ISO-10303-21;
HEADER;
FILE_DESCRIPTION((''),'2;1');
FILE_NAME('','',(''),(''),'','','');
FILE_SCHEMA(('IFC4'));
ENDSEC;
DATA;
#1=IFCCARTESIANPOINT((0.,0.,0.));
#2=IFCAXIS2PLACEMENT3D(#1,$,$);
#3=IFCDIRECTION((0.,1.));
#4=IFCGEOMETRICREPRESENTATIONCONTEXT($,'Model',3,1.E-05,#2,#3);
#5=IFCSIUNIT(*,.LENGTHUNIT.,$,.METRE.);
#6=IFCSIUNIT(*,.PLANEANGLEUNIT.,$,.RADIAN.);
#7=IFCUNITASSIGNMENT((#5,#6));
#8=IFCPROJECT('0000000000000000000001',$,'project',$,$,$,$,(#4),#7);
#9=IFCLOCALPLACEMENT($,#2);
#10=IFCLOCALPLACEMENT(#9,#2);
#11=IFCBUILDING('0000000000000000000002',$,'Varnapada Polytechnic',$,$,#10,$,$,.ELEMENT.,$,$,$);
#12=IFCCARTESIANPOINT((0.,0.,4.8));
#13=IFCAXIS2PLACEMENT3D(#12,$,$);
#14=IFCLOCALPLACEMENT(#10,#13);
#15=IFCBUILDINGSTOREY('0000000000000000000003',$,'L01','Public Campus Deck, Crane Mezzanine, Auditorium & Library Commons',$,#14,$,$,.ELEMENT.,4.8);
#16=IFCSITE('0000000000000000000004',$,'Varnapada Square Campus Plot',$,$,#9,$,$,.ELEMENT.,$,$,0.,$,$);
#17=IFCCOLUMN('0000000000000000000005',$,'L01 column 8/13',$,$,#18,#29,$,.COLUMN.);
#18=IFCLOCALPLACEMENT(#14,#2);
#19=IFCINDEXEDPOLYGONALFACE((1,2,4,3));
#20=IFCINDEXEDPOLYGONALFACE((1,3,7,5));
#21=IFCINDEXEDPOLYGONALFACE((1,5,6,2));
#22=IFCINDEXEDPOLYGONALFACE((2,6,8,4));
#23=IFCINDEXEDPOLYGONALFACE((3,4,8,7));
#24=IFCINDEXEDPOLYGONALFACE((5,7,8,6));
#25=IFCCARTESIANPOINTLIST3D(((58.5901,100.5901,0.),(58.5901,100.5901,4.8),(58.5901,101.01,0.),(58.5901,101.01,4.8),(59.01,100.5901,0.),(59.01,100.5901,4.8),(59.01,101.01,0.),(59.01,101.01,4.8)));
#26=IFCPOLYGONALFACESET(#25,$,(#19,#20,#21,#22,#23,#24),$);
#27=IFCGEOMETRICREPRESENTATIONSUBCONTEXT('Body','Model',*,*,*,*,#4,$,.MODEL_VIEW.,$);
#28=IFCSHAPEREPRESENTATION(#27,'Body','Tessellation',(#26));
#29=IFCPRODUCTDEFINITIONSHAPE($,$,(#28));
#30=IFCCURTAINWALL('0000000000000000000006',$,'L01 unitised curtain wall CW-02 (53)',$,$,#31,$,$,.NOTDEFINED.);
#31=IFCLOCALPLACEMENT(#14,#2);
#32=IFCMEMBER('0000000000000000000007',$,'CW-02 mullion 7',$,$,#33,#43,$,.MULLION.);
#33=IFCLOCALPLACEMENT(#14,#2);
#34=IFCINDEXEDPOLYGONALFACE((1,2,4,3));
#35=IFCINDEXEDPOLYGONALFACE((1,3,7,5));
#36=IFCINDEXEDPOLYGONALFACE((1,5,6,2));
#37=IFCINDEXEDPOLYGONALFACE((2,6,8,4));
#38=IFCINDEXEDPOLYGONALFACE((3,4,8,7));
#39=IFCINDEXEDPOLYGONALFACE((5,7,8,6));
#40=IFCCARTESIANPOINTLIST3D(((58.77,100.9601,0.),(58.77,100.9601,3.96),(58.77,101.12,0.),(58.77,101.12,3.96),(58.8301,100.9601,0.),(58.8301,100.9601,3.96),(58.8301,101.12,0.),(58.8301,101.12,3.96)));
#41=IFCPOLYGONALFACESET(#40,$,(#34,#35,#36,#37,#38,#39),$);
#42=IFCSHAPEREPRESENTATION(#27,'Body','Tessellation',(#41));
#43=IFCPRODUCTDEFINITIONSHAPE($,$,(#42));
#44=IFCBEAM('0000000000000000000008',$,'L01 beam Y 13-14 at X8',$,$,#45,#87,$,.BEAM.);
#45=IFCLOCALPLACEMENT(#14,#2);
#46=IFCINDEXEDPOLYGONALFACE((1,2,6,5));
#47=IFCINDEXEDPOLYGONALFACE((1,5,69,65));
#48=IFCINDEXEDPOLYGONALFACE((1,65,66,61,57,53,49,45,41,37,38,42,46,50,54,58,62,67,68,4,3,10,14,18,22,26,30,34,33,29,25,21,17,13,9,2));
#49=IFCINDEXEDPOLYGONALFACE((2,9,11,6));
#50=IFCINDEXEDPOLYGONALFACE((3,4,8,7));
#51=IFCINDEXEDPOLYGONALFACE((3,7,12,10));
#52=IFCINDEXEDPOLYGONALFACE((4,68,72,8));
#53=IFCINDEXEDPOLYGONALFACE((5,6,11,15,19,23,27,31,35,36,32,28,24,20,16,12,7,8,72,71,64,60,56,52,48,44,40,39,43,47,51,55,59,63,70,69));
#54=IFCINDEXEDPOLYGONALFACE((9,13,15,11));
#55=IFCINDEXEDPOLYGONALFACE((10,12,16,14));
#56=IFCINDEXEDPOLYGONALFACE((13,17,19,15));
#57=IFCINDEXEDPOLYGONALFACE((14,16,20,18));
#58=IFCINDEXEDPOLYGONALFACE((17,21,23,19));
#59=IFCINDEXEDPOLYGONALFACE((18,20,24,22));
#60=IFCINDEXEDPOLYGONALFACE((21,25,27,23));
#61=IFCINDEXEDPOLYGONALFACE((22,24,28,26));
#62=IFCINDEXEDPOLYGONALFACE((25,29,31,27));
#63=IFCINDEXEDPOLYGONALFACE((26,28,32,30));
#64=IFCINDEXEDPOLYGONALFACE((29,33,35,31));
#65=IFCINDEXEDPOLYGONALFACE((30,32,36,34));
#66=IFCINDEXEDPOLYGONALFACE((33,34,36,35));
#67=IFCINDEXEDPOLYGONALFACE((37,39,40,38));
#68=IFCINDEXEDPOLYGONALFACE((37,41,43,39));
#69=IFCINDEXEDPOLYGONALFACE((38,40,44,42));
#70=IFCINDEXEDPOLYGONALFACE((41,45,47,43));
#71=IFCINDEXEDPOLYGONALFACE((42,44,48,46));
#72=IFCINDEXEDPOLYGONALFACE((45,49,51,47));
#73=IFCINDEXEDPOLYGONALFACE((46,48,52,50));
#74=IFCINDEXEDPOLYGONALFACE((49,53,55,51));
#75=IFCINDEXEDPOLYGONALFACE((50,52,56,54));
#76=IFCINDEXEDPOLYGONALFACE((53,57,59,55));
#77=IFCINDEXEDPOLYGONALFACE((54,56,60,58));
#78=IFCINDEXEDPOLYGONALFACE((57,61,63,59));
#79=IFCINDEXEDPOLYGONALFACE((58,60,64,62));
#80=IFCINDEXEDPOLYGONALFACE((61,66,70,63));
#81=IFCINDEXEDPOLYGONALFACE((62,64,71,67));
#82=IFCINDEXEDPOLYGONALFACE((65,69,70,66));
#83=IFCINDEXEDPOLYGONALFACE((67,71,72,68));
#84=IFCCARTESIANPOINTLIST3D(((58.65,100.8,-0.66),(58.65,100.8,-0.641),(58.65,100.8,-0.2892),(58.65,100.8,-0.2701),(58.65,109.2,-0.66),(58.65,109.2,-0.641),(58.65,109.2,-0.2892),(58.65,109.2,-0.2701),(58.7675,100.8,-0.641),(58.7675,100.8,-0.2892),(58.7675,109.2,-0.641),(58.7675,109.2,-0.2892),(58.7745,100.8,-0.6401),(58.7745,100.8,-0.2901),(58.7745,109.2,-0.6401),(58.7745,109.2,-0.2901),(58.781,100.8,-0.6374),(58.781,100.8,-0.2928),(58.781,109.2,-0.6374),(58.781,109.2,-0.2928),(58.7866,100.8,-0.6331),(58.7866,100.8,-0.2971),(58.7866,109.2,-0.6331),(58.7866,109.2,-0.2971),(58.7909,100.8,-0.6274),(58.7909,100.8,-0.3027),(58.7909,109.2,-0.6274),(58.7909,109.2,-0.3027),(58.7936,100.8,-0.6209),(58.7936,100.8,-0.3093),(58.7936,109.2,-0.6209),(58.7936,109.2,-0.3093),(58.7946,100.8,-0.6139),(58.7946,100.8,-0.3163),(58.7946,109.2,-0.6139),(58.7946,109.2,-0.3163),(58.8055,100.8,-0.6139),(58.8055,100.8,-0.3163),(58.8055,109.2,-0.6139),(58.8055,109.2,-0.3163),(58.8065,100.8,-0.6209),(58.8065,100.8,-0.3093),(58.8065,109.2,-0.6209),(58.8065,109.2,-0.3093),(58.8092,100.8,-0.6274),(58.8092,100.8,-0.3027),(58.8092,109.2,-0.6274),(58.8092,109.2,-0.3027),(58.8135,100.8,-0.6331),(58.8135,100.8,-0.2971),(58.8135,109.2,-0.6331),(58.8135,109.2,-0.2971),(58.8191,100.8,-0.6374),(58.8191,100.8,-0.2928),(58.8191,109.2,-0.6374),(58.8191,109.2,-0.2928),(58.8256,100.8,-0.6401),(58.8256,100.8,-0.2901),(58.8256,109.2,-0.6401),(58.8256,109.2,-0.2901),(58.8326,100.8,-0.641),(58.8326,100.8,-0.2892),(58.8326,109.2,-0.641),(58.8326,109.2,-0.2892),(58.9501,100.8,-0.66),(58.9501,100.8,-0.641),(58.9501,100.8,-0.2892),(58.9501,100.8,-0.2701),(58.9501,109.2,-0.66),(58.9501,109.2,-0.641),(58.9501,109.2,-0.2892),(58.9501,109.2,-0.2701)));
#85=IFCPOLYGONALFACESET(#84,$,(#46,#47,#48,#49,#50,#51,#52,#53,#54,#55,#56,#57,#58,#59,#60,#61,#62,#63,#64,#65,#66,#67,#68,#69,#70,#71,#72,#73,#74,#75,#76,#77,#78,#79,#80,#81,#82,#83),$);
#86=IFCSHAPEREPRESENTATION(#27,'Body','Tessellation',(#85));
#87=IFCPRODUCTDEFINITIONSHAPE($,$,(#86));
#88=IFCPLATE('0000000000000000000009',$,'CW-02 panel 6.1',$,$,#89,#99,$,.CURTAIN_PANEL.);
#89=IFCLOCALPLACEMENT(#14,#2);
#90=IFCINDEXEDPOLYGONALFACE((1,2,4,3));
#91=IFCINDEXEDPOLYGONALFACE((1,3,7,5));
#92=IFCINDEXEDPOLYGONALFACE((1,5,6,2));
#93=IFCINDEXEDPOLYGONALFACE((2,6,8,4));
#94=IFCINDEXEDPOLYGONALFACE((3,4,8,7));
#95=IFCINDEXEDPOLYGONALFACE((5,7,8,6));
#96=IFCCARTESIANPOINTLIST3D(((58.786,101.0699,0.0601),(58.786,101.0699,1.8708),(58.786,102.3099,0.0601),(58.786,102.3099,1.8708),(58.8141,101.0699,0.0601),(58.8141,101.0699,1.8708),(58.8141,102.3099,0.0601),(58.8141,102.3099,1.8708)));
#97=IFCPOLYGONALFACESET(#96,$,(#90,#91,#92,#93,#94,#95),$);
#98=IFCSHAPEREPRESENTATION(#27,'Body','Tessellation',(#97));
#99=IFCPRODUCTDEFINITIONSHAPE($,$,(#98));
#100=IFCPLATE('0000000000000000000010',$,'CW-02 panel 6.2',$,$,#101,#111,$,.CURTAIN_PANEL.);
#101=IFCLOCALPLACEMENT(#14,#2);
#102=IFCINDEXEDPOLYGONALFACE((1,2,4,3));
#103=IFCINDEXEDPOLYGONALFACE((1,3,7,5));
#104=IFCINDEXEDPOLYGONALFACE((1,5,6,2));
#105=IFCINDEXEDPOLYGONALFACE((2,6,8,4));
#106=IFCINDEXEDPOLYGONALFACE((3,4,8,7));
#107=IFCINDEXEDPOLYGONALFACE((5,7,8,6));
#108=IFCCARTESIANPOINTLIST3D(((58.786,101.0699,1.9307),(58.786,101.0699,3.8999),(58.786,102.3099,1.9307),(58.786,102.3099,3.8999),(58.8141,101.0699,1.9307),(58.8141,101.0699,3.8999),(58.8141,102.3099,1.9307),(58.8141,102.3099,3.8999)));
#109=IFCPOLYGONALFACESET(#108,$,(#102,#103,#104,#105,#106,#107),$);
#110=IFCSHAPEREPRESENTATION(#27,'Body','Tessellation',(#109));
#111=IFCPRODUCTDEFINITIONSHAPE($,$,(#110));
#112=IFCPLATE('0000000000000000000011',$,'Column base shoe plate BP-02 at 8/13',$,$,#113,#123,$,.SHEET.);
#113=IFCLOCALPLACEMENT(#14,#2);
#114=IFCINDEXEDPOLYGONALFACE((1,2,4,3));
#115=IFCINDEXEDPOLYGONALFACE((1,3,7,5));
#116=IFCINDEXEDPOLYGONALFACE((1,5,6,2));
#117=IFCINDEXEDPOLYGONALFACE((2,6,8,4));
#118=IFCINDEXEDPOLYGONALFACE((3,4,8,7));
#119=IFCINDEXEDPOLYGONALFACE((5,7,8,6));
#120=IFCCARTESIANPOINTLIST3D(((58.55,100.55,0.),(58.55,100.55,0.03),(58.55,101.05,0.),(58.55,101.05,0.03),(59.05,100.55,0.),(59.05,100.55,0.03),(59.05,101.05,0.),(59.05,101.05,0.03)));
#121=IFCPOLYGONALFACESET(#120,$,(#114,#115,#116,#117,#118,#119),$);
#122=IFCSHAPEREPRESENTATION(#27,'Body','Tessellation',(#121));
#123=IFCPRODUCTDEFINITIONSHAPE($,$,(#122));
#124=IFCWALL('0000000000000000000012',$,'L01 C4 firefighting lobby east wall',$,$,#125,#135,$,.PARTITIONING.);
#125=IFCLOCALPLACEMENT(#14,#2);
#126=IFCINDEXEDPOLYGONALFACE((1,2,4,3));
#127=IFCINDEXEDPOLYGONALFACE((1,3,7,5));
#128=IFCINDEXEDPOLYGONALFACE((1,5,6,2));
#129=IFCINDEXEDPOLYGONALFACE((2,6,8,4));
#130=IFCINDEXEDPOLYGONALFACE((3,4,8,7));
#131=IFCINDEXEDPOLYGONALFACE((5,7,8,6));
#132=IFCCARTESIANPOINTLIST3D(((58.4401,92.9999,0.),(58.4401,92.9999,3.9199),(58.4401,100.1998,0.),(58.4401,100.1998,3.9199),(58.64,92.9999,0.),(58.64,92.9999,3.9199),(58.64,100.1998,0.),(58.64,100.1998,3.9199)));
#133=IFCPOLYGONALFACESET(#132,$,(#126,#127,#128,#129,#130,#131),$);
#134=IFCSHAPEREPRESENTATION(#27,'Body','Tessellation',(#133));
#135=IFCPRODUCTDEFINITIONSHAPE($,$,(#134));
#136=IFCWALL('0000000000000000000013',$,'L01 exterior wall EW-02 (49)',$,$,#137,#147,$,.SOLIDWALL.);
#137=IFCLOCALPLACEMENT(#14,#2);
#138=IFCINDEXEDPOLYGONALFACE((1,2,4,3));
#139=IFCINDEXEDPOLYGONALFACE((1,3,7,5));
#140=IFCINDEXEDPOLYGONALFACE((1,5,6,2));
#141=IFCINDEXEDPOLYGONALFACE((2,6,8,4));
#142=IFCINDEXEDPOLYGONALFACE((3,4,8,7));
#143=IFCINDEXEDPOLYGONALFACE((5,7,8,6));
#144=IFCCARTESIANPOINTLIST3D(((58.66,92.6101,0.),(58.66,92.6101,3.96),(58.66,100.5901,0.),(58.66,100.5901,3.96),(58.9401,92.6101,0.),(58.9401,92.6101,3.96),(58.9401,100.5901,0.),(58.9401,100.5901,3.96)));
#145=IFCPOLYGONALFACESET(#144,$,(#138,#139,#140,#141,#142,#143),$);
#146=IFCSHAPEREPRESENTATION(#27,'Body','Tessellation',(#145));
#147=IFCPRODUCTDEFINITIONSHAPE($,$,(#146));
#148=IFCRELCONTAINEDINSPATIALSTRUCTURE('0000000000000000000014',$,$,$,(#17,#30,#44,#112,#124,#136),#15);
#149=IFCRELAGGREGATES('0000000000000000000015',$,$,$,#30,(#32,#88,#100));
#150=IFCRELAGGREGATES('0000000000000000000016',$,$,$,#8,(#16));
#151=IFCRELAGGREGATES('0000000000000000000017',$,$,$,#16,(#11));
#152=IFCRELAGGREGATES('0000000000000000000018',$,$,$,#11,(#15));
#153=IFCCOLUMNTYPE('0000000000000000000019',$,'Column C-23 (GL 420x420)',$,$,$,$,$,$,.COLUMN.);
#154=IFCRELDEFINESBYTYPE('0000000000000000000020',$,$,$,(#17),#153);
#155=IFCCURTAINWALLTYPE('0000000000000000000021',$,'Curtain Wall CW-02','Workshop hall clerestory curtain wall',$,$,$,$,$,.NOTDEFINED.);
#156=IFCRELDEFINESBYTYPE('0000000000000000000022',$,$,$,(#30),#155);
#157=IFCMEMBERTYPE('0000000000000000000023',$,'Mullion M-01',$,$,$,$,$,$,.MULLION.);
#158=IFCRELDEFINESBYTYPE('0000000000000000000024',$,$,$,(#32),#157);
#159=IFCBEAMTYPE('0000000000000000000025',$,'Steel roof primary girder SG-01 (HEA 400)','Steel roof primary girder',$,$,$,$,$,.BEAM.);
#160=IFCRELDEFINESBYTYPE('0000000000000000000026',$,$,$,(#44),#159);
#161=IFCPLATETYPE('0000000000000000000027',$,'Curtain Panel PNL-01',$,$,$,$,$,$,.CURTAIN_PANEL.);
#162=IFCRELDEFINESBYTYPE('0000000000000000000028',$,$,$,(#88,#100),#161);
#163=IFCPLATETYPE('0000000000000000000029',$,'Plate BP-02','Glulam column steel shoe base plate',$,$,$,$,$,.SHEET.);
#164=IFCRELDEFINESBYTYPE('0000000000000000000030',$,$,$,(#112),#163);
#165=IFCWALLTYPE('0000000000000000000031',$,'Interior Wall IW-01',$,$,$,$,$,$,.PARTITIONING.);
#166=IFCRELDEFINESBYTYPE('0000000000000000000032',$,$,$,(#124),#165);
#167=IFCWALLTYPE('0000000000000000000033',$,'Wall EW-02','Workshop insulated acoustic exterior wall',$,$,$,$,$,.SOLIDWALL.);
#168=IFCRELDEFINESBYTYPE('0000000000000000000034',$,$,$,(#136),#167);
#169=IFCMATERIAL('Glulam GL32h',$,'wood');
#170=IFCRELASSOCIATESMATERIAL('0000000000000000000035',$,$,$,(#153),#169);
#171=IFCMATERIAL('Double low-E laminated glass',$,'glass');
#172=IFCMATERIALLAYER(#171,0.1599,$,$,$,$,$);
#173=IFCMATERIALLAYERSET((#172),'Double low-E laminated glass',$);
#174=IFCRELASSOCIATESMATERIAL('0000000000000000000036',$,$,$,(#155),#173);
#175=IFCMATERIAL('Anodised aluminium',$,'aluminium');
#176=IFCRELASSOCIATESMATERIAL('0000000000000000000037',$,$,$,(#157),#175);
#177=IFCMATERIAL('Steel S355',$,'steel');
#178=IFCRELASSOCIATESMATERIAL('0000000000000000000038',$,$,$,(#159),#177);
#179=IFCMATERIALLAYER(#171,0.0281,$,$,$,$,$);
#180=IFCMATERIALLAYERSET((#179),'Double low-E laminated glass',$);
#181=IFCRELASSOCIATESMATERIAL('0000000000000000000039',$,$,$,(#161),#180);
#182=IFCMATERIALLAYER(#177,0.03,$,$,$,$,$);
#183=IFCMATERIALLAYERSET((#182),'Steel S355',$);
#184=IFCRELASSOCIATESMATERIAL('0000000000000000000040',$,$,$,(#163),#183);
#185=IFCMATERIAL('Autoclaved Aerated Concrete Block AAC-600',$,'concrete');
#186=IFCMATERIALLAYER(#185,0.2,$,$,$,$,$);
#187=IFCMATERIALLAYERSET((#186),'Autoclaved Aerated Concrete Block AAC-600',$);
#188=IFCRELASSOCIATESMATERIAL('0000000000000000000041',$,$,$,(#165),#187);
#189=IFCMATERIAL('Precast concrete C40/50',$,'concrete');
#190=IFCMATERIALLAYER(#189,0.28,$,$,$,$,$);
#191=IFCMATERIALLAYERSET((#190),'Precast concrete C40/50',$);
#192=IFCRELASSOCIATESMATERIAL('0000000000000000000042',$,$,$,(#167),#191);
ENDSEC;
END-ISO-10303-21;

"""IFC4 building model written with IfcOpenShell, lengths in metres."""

from ifc_helpers import new_model, si_unit, direction, frame, frame_2d, origin, origin_2d, place, context, subcontext, project, spatial, rectangle, i_section, extrude, material, layer, layer_set, material_profile, profile_set, type_object, element, aggregate, save


model = new_model("IFC4")

# Units and contexts
model_context = context("Model", 3, precision=1e-05, world=origin(), true_north=direction((0.0, 1.0)))
body_context = subcontext(model_context, "Body", "Model", "MODEL_VIEW")
ifc_project = project(units=[si_unit("LENGTHUNIT", "METRE"), si_unit("PLANEANGLEUNIT", "RADIAN")], contexts=[model_context])

# Site, building, storey
site_placement = place(None, origin())
site = spatial("IfcSite", under=ifc_project, at=site_placement, Name="Varnapada Square Campus Plot", CompositionType="ELEMENT", RefElevation=0.0)
building_placement = place(site_placement, origin())
building = spatial("IfcBuilding", under=site, at=building_placement, Name="Varnapada Polytechnic", CompositionType="ELEMENT")
storey_placement = place(building_placement, frame((0.0, 0.0, 4.8)))
storey = spatial("IfcBuildingStorey", under=building, at=storey_placement, Name="L01", Description="Public Campus Deck, Crane Mezzanine, Auditorium & Library Commons", CompositionType="ELEMENT", Elevation=4.8)

# Column
ifc_material_1 = material(Name="Glulam GL32h", Category="wood")
ifc_material_profile_1 = material_profile(ifc_material_1, rectangle(XDim=0.4199, YDim=0.4199, at=origin_2d()), Name="GL 420x420")
ifc_profile_set_1 = profile_set([ifc_material_profile_1], Name="Glulam GL32h")
column_type = type_object("IfcColumnType", Name="Column C-23 (GL 420x420)", PredefinedType="COLUMN", material=ifc_profile_set_1)
column_placement = place(storey_placement, frame((58.8, 100.8, 0.0), z_axis=(0.0, 0.0, 1.0), x_axis=(1.0, 0.0, 0.0)))
element("IfcColumn", 1, at=column_placement, inside=storey, type_object=column_type, Name="L01 column 8/13", PredefinedType="COLUMN", context=body_context, shape_type="SweptSolid", body=[
    extrude(rectangle(XDim=0.4199, YDim=0.4199, at=origin_2d()), origin(), (0.0, 0.0, 1.0), 4.8),
])

# Curtain wall, member
ifc_material_2 = material(Name="Double low-E laminated glass", Category="glass")
ifc_layer_1 = layer(ifc_material_2, 0.1599)
ifc_layer_set_1 = layer_set([ifc_layer_1], Name="Double low-E laminated glass")
curtain_wall_type = type_object("IfcCurtainWallType", Name="Curtain Wall CW-02", Description="Workshop hall clerestory curtain wall", PredefinedType="NOTDEFINED", material=ifc_layer_set_1)
curtain_wall_placement = place(storey_placement, origin())
curtain_wall = element("IfcCurtainWall", 2, at=curtain_wall_placement, inside=storey, type_object=curtain_wall_type, Name="L01 unitised curtain wall CW-02 (53)", PredefinedType="NOTDEFINED")
ifc_material_3 = material(Name="Anodised aluminium", Category="aluminium")
ifc_material_profile_2 = material_profile(ifc_material_3, rectangle(XDim=0.0601, YDim=0.1599, at=origin_2d()), Name="ALU M60x160")
ifc_profile_set_2 = profile_set([ifc_material_profile_2], Name="Anodised aluminium")
member_type = type_object("IfcMemberType", Name="Mullion M-01", PredefinedType="MULLION", material=ifc_profile_set_2)
member_placement = place(storey_placement, frame((58.8, 101.04, 0.0), z_axis=(0.0, 0.0, 1.0), x_axis=(1.0, 0.0, 0.0)))
member = element("IfcMember", 3, at=member_placement, type_object=member_type, Name="CW-02 mullion 7", PredefinedType="MULLION", context=body_context, shape_type="SweptSolid", body=[
    extrude(rectangle(XDim=0.0601, YDim=0.1599, at=origin_2d()), origin(), (0.0, 0.0, 1.0), 3.96),
])

# Beam
ifc_material_4 = material(Name="Steel S355", Category="steel")
ifc_material_profile_3 = material_profile(ifc_material_4, i_section(OverallWidth=0.3, OverallDepth=0.3899, WebThickness=0.011, FlangeThickness=0.019, FilletRadius=0.0271, at=origin_2d()), Name="HEA 400")
ifc_profile_set_3 = profile_set([ifc_material_profile_3], Name="Steel S355")
beam_type = type_object("IfcBeamType", Name="Steel roof primary girder SG-01 (HEA 400)", Description="Steel roof primary girder", PredefinedType="BEAM", material=ifc_profile_set_3)
beam_placement = place(storey_placement, frame((58.8, 100.8, -0.4651), z_axis=(0.0, 1.0, 0.0), x_axis=(-1.0, 0.0, 0.0)))
element("IfcBeam", 4, at=beam_placement, inside=storey, type_object=beam_type, Name="L01 beam Y 13-14 at X8", PredefinedType="BEAM", context=body_context, shape_type="SweptSolid", body=[
    extrude(i_section(OverallWidth=0.3, OverallDepth=0.3899, WebThickness=0.011, FlangeThickness=0.019, FilletRadius=0.0271, at=origin_2d()), origin(), (0.0, 0.0, 1.0), 8.3999),
])

# Plates
ifc_layer_2 = layer(ifc_material_2, 0.0281)
ifc_layer_set_2 = layer_set([ifc_layer_2], Name="Double low-E laminated glass")
plate_type_1 = type_object("IfcPlateType", Name="Curtain Panel PNL-01", PredefinedType="CURTAIN_PANEL", material=ifc_layer_set_2)
plate_1_placement = place(storey_placement, frame((58.8, 101.6899, 0.0601), z_axis=(0.0, 0.0, 1.0), x_axis=(0.0, -1.0, 0.0)))
plate_1 = element("IfcPlate", 5, at=plate_1_placement, type_object=plate_type_1, Name="CW-02 panel 6.1", PredefinedType="CURTAIN_PANEL", context=body_context, shape_type="SweptSolid", body=[
    extrude(rectangle(XDim=1.24, YDim=0.0281, at=origin_2d()), origin(), (0.0, 0.0, 1.0), 1.8108),
])
plate_2_placement = place(storey_placement, frame((58.8, 101.6899, 1.9307), z_axis=(0.0, 0.0, 1.0), x_axis=(0.0, -1.0, 0.0)))
plate_2 = element("IfcPlate", 6, at=plate_2_placement, type_object=plate_type_1, Name="CW-02 panel 6.2", PredefinedType="CURTAIN_PANEL", context=body_context, shape_type="SweptSolid", body=[
    extrude(rectangle(XDim=1.24, YDim=0.0281, at=origin_2d()), origin(), (0.0, 0.0, 1.0), 1.9692),
])
aggregate(curtain_wall, [member, plate_1, plate_2])
ifc_layer_3 = layer(ifc_material_4, 0.03)
ifc_layer_set_3 = layer_set([ifc_layer_3], Name="Steel S355")
plate_type_2 = type_object("IfcPlateType", Name="Plate BP-02", Description="Glulam column steel shoe base plate", PredefinedType="SHEET", material=ifc_layer_set_3)
plate_3_placement = place(storey_placement, frame((58.8, 100.8, 0.0), z_axis=(0.0, 0.0, 1.0), x_axis=(1.0, 0.0, 0.0)))
element("IfcPlate", 7, at=plate_3_placement, inside=storey, type_object=plate_type_2, Name="Column base shoe plate BP-02 at 8/13", PredefinedType="SHEET", context=body_context, shape_type="SweptSolid", body=[
    extrude(rectangle(XDim=0.5, YDim=0.5, at=origin_2d()), origin(), (0.0, 0.0, 1.0), 0.03),
])

# Walls
ifc_material_5 = material(Name="Autoclaved Aerated Concrete Block AAC-600", Category="concrete")
ifc_layer_4 = layer(ifc_material_5, 0.2)
ifc_layer_set_4 = layer_set([ifc_layer_4], Name="Autoclaved Aerated Concrete Block AAC-600")
wall_type_1 = type_object("IfcWallType", Name="Interior Wall IW-01", PredefinedType="PARTITIONING", material=ifc_layer_set_4)
wall_1_placement = place(storey_placement, frame((58.54, 100.2, 0.0), z_axis=(0.0, 0.0, 1.0), x_axis=(0.0, -1.0, 0.0)))
element("IfcWall", 8, at=wall_1_placement, inside=storey, type_object=wall_type_1, Name="L01 C4 firefighting lobby east wall", PredefinedType="PARTITIONING", context=body_context, shape_type="SweptSolid", body=[
    extrude(rectangle(XDim=7.2, YDim=0.2, at=frame_2d((3.6001, 0.0))), origin(), (0.0, 0.0, 1.0), 3.9199),
])
ifc_material_6 = material(Name="Precast concrete C40/50", Category="concrete")
ifc_layer_5 = layer(ifc_material_6, 0.28)
ifc_layer_set_5 = layer_set([ifc_layer_5], Name="Precast concrete C40/50")
wall_type_2 = type_object("IfcWallType", Name="Wall EW-02", Description="Workshop insulated acoustic exterior wall", PredefinedType="SOLIDWALL", material=ifc_layer_set_5)
wall_2_placement = place(storey_placement, frame((58.8, 100.5901, 0.0), z_axis=(0.0, 0.0, 1.0), x_axis=(0.0, -1.0, 0.0)))
element("IfcWall", 9, at=wall_2_placement, inside=storey, type_object=wall_type_2, Name="L01 exterior wall EW-02 (49)", PredefinedType="SOLIDWALL", context=body_context, shape_type="SweptSolid", body=[
    extrude(rectangle(XDim=7.98, YDim=0.28, at=frame_2d((3.99, 0.0))), origin(), (0.0, 0.0, 1.0), 3.96),
])

save(model, "model.ifc")
